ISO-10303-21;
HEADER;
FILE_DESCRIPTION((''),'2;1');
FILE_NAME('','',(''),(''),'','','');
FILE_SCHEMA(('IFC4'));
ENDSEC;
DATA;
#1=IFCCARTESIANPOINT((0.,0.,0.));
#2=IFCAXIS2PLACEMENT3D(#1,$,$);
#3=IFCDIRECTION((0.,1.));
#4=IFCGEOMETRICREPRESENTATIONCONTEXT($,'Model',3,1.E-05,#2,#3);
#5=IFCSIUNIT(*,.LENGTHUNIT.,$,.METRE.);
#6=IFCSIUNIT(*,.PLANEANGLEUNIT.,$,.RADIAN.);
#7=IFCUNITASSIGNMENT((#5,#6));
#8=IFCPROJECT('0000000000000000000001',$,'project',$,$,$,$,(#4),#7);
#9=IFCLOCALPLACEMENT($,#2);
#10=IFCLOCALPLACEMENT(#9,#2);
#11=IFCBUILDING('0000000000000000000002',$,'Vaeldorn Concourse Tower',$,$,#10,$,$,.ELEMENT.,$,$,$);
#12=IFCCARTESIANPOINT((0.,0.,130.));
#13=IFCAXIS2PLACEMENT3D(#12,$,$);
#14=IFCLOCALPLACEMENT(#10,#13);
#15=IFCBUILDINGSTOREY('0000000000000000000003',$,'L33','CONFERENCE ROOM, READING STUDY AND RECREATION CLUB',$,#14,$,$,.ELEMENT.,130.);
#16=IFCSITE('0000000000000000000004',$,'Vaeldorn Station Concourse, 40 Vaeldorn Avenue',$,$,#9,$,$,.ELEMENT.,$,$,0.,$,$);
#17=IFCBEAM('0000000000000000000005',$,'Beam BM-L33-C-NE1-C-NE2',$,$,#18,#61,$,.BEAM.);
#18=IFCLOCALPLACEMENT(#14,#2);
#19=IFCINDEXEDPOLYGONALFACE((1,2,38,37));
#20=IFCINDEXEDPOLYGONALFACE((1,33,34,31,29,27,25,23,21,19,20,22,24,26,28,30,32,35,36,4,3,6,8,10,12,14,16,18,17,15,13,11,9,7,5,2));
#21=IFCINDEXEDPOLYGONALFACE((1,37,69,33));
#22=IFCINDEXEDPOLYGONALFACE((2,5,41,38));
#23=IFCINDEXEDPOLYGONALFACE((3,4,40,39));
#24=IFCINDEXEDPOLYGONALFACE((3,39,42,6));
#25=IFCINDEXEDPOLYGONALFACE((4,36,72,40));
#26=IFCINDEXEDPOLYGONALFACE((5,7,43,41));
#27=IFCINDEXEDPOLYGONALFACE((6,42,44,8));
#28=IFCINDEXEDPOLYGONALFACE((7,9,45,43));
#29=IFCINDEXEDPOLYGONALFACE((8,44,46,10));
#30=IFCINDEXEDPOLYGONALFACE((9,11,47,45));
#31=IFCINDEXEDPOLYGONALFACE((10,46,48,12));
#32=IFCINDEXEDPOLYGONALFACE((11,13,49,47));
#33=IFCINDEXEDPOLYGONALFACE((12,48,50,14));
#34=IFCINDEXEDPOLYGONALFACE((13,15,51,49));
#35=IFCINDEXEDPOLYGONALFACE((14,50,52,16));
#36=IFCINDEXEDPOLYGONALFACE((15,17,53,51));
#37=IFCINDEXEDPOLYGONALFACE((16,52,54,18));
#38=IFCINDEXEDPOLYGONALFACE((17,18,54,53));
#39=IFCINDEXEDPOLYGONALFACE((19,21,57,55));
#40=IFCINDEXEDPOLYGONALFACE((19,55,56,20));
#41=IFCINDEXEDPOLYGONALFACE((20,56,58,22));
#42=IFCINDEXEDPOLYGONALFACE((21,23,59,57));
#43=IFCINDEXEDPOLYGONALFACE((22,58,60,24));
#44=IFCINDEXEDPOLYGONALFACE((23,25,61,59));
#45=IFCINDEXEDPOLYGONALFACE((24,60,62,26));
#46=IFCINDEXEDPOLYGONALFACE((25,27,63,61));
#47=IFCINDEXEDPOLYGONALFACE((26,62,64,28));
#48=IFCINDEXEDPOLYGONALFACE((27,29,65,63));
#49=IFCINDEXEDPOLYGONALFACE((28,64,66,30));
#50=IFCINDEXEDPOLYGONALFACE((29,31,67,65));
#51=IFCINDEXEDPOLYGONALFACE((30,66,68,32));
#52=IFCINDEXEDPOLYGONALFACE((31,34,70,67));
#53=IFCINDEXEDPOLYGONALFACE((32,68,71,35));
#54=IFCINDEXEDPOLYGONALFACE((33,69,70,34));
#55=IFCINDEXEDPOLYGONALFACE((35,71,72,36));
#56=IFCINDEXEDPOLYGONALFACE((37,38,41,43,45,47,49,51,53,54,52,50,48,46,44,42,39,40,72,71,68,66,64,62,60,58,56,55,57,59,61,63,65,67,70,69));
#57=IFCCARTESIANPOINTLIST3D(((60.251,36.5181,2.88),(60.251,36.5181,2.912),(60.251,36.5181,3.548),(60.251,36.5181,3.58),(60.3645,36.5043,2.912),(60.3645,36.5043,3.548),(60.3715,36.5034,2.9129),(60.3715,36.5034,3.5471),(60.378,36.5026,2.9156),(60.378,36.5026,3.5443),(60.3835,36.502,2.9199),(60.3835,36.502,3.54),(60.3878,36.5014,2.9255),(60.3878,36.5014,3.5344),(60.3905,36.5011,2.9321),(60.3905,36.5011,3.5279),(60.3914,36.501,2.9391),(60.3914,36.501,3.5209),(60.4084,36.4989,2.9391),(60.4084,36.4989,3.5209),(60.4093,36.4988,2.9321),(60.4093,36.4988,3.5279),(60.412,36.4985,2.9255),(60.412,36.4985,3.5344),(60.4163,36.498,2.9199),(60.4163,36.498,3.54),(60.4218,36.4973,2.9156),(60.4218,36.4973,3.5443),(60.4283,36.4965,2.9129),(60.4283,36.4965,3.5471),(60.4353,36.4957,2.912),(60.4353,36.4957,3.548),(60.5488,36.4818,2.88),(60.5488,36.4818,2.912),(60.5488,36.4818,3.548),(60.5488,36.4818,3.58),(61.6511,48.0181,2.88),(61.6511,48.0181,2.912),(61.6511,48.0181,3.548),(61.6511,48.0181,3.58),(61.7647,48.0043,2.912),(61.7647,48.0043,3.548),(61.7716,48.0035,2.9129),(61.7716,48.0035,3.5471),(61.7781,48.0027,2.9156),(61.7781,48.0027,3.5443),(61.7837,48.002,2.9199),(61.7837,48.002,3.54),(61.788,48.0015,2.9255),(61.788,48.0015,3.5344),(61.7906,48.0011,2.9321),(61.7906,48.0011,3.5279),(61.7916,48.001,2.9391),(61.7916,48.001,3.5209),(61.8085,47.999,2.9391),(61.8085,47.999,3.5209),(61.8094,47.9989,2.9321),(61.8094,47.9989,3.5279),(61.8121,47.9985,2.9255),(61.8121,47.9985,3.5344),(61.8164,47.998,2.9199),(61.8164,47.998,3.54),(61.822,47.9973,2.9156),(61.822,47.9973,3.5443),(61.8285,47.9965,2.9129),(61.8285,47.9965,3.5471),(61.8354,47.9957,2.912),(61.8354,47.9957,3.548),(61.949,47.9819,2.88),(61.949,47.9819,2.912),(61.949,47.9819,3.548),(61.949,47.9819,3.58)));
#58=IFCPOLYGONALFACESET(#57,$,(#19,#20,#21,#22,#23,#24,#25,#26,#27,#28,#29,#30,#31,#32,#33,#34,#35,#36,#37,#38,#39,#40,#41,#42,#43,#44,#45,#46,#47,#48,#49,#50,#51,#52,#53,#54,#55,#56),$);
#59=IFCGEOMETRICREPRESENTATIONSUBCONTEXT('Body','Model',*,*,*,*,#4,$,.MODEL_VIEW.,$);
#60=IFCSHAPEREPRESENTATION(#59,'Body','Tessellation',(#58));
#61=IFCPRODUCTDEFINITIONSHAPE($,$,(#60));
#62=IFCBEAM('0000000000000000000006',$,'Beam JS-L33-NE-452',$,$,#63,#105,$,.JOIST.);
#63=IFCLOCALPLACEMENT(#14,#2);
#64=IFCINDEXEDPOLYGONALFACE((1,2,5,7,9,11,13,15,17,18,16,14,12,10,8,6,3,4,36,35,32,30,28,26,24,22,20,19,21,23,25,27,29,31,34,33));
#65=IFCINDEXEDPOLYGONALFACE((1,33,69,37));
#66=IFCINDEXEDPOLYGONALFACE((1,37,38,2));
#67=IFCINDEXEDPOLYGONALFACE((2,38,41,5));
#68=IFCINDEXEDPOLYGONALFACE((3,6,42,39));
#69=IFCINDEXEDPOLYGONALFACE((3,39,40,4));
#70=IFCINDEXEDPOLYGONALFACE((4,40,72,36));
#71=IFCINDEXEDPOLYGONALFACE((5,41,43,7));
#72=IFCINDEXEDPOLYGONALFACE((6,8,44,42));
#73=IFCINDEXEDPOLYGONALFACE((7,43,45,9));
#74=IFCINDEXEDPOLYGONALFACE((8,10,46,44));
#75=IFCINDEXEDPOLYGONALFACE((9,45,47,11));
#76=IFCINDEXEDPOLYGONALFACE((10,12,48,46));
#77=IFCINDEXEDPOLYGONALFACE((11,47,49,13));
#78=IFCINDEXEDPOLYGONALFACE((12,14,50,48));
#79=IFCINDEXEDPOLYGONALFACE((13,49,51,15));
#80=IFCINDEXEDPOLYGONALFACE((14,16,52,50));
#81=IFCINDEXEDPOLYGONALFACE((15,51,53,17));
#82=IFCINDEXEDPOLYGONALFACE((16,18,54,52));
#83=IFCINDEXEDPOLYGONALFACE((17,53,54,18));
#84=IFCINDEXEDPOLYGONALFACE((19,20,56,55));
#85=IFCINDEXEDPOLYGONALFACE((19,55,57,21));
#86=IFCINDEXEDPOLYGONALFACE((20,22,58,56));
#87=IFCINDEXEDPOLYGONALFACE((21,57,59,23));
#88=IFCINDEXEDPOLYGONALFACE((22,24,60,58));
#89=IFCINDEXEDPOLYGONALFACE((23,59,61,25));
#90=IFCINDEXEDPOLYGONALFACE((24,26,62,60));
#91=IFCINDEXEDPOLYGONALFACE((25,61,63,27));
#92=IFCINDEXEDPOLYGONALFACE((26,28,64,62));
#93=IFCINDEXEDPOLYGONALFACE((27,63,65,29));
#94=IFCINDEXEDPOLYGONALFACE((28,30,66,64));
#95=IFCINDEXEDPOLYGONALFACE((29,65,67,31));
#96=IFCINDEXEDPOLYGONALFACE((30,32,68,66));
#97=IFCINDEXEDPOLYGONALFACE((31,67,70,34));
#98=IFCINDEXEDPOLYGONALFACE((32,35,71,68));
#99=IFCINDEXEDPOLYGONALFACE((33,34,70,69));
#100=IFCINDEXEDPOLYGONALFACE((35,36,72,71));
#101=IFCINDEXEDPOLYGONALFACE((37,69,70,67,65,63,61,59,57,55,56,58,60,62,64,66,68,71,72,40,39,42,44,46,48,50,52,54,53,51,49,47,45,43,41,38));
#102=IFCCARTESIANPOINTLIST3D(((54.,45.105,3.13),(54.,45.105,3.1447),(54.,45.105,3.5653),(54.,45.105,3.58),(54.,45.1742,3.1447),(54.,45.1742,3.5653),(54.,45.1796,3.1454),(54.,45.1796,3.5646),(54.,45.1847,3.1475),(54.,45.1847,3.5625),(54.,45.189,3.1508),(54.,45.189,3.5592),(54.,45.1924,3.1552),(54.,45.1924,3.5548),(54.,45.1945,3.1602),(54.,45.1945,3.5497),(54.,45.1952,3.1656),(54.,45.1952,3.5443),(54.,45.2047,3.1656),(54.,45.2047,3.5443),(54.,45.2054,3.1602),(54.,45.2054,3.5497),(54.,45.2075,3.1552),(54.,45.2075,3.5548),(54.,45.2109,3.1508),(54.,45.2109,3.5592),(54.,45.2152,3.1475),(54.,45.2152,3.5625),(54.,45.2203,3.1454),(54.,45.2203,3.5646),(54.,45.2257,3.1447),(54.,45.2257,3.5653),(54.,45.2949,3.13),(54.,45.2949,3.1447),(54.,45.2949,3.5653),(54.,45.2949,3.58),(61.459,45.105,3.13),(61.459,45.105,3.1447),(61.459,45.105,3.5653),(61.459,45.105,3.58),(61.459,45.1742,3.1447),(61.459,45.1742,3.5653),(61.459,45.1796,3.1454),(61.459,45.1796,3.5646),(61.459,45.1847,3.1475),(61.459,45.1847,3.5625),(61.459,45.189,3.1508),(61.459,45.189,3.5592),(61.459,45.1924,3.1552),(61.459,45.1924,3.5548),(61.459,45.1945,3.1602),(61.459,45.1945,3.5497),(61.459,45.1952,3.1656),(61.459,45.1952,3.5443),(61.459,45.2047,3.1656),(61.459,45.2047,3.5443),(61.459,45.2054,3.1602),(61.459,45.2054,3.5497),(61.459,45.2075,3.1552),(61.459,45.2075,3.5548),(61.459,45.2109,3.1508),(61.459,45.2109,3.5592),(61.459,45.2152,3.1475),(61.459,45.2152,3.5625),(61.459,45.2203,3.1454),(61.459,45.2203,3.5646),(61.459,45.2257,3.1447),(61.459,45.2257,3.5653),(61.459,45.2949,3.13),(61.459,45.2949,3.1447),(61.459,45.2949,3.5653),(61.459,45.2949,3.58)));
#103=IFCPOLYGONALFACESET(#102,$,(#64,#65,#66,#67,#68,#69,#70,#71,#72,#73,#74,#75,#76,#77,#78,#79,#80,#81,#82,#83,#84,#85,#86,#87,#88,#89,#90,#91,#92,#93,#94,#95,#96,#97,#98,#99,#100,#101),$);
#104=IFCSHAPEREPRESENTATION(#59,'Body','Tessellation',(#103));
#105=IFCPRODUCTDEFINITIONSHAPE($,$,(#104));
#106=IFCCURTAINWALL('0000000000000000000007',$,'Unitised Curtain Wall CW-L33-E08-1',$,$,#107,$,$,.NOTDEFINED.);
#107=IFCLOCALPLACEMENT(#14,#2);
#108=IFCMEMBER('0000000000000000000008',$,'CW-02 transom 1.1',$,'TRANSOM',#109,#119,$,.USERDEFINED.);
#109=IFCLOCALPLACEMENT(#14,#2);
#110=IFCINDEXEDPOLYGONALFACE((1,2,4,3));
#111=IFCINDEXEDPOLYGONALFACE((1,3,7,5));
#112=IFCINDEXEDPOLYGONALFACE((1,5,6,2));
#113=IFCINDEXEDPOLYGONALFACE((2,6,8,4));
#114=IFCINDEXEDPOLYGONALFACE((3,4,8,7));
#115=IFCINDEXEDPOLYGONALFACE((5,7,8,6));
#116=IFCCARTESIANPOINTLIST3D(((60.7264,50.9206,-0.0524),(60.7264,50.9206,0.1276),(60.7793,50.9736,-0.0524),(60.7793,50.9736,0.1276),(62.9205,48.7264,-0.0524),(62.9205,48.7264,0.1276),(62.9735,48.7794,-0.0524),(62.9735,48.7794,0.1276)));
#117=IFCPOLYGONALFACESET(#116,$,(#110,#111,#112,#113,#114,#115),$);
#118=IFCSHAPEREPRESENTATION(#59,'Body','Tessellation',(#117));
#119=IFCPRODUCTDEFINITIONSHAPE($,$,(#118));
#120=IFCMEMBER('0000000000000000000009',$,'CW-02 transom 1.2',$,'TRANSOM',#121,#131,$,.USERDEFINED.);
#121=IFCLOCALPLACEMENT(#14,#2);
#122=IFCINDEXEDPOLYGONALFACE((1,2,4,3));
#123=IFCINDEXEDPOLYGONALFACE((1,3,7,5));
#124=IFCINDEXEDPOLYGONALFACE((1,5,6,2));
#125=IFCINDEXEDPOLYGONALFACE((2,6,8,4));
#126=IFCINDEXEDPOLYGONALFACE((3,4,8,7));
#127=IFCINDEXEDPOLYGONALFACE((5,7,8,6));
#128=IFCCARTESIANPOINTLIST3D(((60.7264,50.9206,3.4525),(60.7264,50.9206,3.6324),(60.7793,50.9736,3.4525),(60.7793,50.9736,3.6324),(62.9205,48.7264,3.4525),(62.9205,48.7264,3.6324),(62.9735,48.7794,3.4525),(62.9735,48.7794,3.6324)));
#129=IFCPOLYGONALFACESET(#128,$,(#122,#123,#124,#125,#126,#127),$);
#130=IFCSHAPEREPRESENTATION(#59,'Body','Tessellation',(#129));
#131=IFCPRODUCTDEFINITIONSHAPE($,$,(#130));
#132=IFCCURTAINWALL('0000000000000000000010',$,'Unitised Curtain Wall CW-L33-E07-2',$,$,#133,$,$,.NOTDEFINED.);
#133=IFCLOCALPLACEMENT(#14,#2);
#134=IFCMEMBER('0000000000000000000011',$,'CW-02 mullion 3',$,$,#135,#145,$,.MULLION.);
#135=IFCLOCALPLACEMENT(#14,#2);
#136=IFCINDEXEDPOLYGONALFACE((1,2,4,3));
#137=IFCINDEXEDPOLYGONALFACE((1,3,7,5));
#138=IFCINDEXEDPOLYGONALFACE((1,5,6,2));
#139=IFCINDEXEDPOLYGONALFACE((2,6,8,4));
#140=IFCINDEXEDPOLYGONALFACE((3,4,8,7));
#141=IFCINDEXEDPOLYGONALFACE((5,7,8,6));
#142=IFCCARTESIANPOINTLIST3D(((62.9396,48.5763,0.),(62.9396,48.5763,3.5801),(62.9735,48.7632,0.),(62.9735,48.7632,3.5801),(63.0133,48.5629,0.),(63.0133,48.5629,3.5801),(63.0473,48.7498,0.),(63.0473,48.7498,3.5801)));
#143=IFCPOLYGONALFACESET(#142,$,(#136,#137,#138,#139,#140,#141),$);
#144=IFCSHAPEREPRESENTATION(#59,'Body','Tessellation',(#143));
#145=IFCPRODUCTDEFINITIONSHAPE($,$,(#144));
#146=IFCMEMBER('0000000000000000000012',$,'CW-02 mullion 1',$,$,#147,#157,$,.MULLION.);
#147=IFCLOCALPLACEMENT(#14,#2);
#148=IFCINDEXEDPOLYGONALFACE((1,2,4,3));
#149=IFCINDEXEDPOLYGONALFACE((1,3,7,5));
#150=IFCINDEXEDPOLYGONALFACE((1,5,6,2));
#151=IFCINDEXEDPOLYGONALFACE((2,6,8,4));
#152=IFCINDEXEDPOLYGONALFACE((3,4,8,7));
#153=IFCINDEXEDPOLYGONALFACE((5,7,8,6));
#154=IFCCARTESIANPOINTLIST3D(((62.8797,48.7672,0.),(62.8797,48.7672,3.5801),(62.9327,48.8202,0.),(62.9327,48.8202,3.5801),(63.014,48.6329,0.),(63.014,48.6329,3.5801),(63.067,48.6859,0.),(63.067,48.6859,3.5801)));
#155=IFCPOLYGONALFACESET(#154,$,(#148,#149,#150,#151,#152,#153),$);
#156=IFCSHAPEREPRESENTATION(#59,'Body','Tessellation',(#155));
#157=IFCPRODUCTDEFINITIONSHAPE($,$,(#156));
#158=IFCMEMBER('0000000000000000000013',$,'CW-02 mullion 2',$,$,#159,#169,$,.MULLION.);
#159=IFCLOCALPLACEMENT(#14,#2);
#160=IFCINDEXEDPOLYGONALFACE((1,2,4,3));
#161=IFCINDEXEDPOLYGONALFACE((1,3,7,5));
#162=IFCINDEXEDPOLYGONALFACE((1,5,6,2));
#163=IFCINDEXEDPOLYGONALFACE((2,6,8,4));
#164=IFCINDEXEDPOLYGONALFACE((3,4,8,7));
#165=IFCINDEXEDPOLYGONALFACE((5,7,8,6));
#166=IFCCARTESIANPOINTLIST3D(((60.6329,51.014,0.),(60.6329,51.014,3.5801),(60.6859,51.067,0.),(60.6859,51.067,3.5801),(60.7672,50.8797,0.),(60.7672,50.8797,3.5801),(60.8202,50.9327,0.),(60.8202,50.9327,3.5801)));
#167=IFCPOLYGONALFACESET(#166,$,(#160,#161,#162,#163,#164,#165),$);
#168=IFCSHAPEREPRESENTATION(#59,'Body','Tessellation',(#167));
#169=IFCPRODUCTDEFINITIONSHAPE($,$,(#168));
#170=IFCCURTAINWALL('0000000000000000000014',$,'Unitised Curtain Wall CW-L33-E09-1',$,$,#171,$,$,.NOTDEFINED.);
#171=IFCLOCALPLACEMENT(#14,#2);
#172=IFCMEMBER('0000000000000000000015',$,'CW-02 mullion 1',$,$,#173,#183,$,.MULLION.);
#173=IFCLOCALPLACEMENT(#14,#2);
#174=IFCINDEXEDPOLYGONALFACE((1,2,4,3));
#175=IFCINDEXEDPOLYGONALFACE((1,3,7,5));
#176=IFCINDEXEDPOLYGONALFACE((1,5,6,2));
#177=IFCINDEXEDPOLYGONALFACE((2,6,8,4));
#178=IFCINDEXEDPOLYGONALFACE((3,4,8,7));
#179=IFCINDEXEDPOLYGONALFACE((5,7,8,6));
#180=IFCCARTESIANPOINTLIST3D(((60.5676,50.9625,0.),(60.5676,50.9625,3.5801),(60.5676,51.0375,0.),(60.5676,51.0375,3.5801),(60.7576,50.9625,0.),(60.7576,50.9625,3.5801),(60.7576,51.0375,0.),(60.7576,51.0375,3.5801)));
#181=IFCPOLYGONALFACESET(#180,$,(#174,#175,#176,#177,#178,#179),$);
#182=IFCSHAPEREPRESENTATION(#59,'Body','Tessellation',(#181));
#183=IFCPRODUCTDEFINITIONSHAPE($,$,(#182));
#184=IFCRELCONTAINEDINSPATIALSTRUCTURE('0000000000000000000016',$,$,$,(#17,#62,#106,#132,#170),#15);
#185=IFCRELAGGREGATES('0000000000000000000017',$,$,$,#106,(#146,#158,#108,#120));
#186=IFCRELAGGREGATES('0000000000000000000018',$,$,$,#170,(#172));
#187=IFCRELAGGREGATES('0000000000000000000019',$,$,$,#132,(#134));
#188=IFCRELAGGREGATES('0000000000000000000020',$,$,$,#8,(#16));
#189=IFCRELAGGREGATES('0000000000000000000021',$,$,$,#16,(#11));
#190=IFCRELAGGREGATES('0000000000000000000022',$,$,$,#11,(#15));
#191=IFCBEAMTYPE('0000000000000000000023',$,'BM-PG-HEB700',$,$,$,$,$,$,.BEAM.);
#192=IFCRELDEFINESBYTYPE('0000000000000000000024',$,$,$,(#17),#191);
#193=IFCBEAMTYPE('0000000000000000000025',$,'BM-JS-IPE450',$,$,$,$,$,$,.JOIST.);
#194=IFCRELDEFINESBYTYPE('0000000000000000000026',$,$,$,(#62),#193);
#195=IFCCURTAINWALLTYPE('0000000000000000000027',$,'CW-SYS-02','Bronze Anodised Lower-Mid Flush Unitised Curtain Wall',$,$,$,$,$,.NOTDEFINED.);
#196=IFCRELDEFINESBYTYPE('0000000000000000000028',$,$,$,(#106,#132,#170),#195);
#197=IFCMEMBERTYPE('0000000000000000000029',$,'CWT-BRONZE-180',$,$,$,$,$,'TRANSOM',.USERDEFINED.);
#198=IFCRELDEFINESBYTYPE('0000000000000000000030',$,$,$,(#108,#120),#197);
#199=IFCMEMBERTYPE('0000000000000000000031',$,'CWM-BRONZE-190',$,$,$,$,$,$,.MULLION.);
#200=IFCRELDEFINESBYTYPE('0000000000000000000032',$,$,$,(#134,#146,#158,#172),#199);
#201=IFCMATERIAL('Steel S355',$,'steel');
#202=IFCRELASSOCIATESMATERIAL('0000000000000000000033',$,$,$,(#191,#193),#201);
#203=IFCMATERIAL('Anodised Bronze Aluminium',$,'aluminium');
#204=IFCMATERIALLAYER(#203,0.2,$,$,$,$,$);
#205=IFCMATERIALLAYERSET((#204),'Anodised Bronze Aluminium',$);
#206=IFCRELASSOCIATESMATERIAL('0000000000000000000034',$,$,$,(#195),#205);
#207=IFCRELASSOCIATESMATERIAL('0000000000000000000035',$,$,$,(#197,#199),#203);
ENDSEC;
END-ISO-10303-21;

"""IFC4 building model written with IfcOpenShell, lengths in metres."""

from ifc_helpers import new_model, si_unit, direction, frame, origin, origin_2d, place, context, subcontext, project, spatial, rectangle, i_section, extrude, source, transform, mapped, material, layer, layer_set, material_profile, profile_set, type_object, element, aggregate, save


model = new_model("IFC4")

# Units and contexts
model_context = context("Model", 3, precision=1e-05, world=origin(), true_north=direction((0.0, 1.0)))
body_context = subcontext(model_context, "Body", "Model", "MODEL_VIEW")
ifc_project = project(units=[si_unit("LENGTHUNIT", "METRE"), si_unit("PLANEANGLEUNIT", "RADIAN")], contexts=[model_context])

# Site, building, storey
site_placement = place(None, origin())
site = spatial("IfcSite", under=ifc_project, at=site_placement, Name="Vaeldorn Station Concourse, 40 Vaeldorn Avenue", CompositionType="ELEMENT", RefElevation=0.0)
building_placement = place(site_placement, origin())
building = spatial("IfcBuilding", under=site, at=building_placement, Name="Vaeldorn Concourse Tower", CompositionType="ELEMENT")
storey_placement = place(building_placement, frame((0.0, 0.0, 130.0)))
storey = spatial("IfcBuildingStorey", under=building, at=storey_placement, Name="L33", Description="CONFERENCE ROOM, READING STUDY AND RECREATION CLUB", CompositionType="ELEMENT", Elevation=130.0)

# Beams
ifc_material_1 = material(Name="Steel S355", Category="steel")
ifc_material_profile_1 = material_profile(ifc_material_1, i_section(OverallWidth=0.3, OverallDepth=0.7, WebThickness=0.0171, FlangeThickness=0.032, FilletRadius=0.0271, at=origin_2d()), Name="HEB 700")
ifc_profile_set_1 = profile_set([ifc_material_profile_1], Name="Steel S355")
beam_type_1 = type_object("IfcBeamType", Name="BM-PG-HEB700", PredefinedType="BEAM", material=ifc_profile_set_1)
shared_shape_1 = source(origin(), body_context, "Body", "SweptSolid", [
    extrude(i_section(OverallWidth=0.3, OverallDepth=0.7, WebThickness=0.0171, FlangeThickness=0.032, FilletRadius=0.0271, at=origin_2d()), origin(), (0.0, 0.0, 1.0), 11.585),
])
beam_1_placement = place(storey_placement, frame((61.8, 48.0, 3.23), z_axis=(-0.120859, -0.99267, 0.0), x_axis=(0.99267, -0.120859, 0.0)))
element("IfcBeam", 1, at=beam_1_placement, inside=storey, type_object=beam_type_1, Name="Beam BM-L33-C-NE1-C-NE2", PredefinedType="BEAM", context=body_context, shape_type="MappedRepresentation", body=[
    mapped(shared_shape_1, transform((0.0, 0.0, 0.0), scale=1.0)),
])
ifc_material_profile_2 = material_profile(ifc_material_1, i_section(OverallWidth=0.1899, OverallDepth=0.45, WebThickness=0.0095, FlangeThickness=0.0146, FilletRadius=0.021, at=origin_2d()), Name="IPE 450")
ifc_profile_set_2 = profile_set([ifc_material_profile_2], Name="Steel S355")
beam_type_2 = type_object("IfcBeamType", Name="BM-JS-IPE450", PredefinedType="JOIST", material=ifc_profile_set_2)
shared_shape_2 = source(origin(), body_context, "Body", "SweptSolid", [
    extrude(i_section(OverallWidth=0.1899, OverallDepth=0.45, WebThickness=0.0095, FlangeThickness=0.0146, FilletRadius=0.021, at=origin_2d()), origin(), (0.0, 0.0, 1.0), 7.459),
])
beam_2_placement = place(storey_placement, frame((54.0, 45.2, 3.355), z_axis=(1.0, 0.0, 0.0), x_axis=(0.0, 1.0, 0.0)))
element("IfcBeam", 2, at=beam_2_placement, inside=storey, type_object=beam_type_2, Name="Beam JS-L33-NE-452", PredefinedType="JOIST", context=body_context, shape_type="MappedRepresentation", body=[
    mapped(shared_shape_2, transform((0.0, 0.0, 0.0), scale=1.0)),
])

# Curtain wall, members
ifc_material_2 = material(Name="Anodised Bronze Aluminium", Category="aluminium")
ifc_layer_1 = layer(ifc_material_2, 0.2)
ifc_layer_set_1 = layer_set([ifc_layer_1], Name="Anodised Bronze Aluminium")
curtain_wall_type = type_object("IfcCurtainWallType", Name="CW-SYS-02", Description="Bronze Anodised Lower-Mid Flush Unitised Curtain Wall", PredefinedType="NOTDEFINED", material=ifc_layer_set_1)
curtain_wall_1_placement = place(storey_placement, origin())
curtain_wall_1 = element("IfcCurtainWall", 3, at=curtain_wall_1_placement, inside=storey, type_object=curtain_wall_type, Name="Unitised Curtain Wall CW-L33-E08-1", PredefinedType="NOTDEFINED")
ifc_material_profile_3 = material_profile(ifc_material_2, rectangle(XDim=0.075, YDim=0.1799, at=origin_2d()), Name="CWT 75x180")
ifc_profile_set_3 = profile_set([ifc_material_profile_3], Name="Anodised Bronze Aluminium")
member_type_1 = type_object("IfcMemberType", Name="CWT-BRONZE-180", ElementType="TRANSOM", PredefinedType="USERDEFINED", material=ifc_profile_set_3)
shared_shape_3 = source(origin(), body_context, "Body", "SweptSolid", [
    extrude(rectangle(XDim=0.075, YDim=0.1799, at=origin_2d()), origin(), (0.0, 0.0, 1.0), 3.103),
])
member_1_placement = place(storey_placement, frame((62.947, 48.7529, 0.0376), z_axis=(-0.707107, 0.707107, 0.0), x_axis=(-0.707107, -0.707107, 0.0)))
member_1 = element("IfcMember", 4, at=member_1_placement, type_object=member_type_1, Name="CW-02 transom 1.1", ObjectType="TRANSOM", PredefinedType="USERDEFINED", context=body_context, shape_type="MappedRepresentation", body=[
    mapped(shared_shape_3, transform((0.0, 0.0, 0.0), scale=1.0)),
])
member_2_placement = place(storey_placement, frame((62.947, 48.7529, 3.5425), z_axis=(-0.707107, 0.707107, 0.0), x_axis=(-0.707107, -0.707107, 0.0)))
member_2 = element("IfcMember", 5, at=member_2_placement, type_object=member_type_1, Name="CW-02 transom 1.2", ObjectType="TRANSOM", PredefinedType="USERDEFINED", context=body_context, shape_type="MappedRepresentation", body=[
    mapped(shared_shape_3, transform((0.0, 0.0, 0.0), scale=1.0)),
])

# Curtain wall, member
curtain_wall_2_placement = place(storey_placement, origin())
curtain_wall_2 = element("IfcCurtainWall", 6, at=curtain_wall_2_placement, inside=storey, type_object=curtain_wall_type, Name="Unitised Curtain Wall CW-L33-E07-2", PredefinedType="NOTDEFINED")
ifc_material_profile_4 = material_profile(ifc_material_2, rectangle(XDim=0.075, YDim=0.1899, at=origin_2d()), Name="CWM 75x190")
ifc_profile_set_4 = profile_set([ifc_material_profile_4], Name="Anodised Bronze Aluminium")
member_type_2 = type_object("IfcMemberType", Name="CWM-BRONZE-190", PredefinedType="MULLION", material=ifc_profile_set_4)
shared_shape_4 = source(origin(), body_context, "Body", "SweptSolid", [
    extrude(rectangle(XDim=0.075, YDim=0.1899, at=origin_2d()), origin(), (0.0, 0.0, 1.0), 3.5801),
])
member_3_placement = place(storey_placement, frame((62.9934, 48.6631, 0.0), z_axis=(0.0, 0.0, 1.0), x_axis=(-0.983891, 0.178771, 0.0)))
member_3 = element("IfcMember", 7, at=member_3_placement, type_object=member_type_2, Name="CW-02 mullion 3", PredefinedType="MULLION", context=body_context, shape_type="MappedRepresentation", body=[
    mapped(shared_shape_4, transform((0.0, 0.0, 0.0), scale=1.0)),
])

# Members
member_4_placement = place(storey_placement, frame((62.9734, 48.7266, 0.0), z_axis=(0.0, 0.0, 1.0), x_axis=(-0.707107, -0.707107, 0.0)))
member_4 = element("IfcMember", 8, at=member_4_placement, type_object=member_type_2, Name="CW-02 mullion 1", PredefinedType="MULLION", context=body_context, shape_type="MappedRepresentation", body=[
    mapped(shared_shape_4, transform((0.0, 0.0, 0.0), scale=1.0)),
])
member_5_placement = place(storey_placement, frame((60.7266, 50.9734, 0.0), z_axis=(0.0, 0.0, 1.0), x_axis=(-0.707107, -0.707107, 0.0)))
member_5 = element("IfcMember", 9, at=member_5_placement, type_object=member_type_2, Name="CW-02 mullion 2", PredefinedType="MULLION", context=body_context, shape_type="MappedRepresentation", body=[
    mapped(shared_shape_4, transform((0.0, 0.0, 0.0), scale=1.0)),
])

# Curtain wall, member
curtain_wall_3_placement = place(storey_placement, origin())
curtain_wall_3 = element("IfcCurtainWall", 10, at=curtain_wall_3_placement, inside=storey, type_object=curtain_wall_type, Name="Unitised Curtain Wall CW-L33-E09-1", PredefinedType="NOTDEFINED")
member_6_placement = place(storey_placement, frame((60.6626, 51.0, 0.0), z_axis=(0.0, 0.0, 1.0), x_axis=(0.0, -1.0, 0.0)))
member_6 = element("IfcMember", 11, at=member_6_placement, type_object=member_type_2, Name="CW-02 mullion 1", PredefinedType="MULLION", context=body_context, shape_type="MappedRepresentation", body=[
    mapped(shared_shape_4, transform((0.0, 0.0, 0.0), scale=1.0)),
])

aggregate(curtain_wall_1, [member_4, member_5, member_1, member_2])
aggregate(curtain_wall_3, [member_6])
aggregate(curtain_wall_2, [member_3])

save(model, "model.ifc")
